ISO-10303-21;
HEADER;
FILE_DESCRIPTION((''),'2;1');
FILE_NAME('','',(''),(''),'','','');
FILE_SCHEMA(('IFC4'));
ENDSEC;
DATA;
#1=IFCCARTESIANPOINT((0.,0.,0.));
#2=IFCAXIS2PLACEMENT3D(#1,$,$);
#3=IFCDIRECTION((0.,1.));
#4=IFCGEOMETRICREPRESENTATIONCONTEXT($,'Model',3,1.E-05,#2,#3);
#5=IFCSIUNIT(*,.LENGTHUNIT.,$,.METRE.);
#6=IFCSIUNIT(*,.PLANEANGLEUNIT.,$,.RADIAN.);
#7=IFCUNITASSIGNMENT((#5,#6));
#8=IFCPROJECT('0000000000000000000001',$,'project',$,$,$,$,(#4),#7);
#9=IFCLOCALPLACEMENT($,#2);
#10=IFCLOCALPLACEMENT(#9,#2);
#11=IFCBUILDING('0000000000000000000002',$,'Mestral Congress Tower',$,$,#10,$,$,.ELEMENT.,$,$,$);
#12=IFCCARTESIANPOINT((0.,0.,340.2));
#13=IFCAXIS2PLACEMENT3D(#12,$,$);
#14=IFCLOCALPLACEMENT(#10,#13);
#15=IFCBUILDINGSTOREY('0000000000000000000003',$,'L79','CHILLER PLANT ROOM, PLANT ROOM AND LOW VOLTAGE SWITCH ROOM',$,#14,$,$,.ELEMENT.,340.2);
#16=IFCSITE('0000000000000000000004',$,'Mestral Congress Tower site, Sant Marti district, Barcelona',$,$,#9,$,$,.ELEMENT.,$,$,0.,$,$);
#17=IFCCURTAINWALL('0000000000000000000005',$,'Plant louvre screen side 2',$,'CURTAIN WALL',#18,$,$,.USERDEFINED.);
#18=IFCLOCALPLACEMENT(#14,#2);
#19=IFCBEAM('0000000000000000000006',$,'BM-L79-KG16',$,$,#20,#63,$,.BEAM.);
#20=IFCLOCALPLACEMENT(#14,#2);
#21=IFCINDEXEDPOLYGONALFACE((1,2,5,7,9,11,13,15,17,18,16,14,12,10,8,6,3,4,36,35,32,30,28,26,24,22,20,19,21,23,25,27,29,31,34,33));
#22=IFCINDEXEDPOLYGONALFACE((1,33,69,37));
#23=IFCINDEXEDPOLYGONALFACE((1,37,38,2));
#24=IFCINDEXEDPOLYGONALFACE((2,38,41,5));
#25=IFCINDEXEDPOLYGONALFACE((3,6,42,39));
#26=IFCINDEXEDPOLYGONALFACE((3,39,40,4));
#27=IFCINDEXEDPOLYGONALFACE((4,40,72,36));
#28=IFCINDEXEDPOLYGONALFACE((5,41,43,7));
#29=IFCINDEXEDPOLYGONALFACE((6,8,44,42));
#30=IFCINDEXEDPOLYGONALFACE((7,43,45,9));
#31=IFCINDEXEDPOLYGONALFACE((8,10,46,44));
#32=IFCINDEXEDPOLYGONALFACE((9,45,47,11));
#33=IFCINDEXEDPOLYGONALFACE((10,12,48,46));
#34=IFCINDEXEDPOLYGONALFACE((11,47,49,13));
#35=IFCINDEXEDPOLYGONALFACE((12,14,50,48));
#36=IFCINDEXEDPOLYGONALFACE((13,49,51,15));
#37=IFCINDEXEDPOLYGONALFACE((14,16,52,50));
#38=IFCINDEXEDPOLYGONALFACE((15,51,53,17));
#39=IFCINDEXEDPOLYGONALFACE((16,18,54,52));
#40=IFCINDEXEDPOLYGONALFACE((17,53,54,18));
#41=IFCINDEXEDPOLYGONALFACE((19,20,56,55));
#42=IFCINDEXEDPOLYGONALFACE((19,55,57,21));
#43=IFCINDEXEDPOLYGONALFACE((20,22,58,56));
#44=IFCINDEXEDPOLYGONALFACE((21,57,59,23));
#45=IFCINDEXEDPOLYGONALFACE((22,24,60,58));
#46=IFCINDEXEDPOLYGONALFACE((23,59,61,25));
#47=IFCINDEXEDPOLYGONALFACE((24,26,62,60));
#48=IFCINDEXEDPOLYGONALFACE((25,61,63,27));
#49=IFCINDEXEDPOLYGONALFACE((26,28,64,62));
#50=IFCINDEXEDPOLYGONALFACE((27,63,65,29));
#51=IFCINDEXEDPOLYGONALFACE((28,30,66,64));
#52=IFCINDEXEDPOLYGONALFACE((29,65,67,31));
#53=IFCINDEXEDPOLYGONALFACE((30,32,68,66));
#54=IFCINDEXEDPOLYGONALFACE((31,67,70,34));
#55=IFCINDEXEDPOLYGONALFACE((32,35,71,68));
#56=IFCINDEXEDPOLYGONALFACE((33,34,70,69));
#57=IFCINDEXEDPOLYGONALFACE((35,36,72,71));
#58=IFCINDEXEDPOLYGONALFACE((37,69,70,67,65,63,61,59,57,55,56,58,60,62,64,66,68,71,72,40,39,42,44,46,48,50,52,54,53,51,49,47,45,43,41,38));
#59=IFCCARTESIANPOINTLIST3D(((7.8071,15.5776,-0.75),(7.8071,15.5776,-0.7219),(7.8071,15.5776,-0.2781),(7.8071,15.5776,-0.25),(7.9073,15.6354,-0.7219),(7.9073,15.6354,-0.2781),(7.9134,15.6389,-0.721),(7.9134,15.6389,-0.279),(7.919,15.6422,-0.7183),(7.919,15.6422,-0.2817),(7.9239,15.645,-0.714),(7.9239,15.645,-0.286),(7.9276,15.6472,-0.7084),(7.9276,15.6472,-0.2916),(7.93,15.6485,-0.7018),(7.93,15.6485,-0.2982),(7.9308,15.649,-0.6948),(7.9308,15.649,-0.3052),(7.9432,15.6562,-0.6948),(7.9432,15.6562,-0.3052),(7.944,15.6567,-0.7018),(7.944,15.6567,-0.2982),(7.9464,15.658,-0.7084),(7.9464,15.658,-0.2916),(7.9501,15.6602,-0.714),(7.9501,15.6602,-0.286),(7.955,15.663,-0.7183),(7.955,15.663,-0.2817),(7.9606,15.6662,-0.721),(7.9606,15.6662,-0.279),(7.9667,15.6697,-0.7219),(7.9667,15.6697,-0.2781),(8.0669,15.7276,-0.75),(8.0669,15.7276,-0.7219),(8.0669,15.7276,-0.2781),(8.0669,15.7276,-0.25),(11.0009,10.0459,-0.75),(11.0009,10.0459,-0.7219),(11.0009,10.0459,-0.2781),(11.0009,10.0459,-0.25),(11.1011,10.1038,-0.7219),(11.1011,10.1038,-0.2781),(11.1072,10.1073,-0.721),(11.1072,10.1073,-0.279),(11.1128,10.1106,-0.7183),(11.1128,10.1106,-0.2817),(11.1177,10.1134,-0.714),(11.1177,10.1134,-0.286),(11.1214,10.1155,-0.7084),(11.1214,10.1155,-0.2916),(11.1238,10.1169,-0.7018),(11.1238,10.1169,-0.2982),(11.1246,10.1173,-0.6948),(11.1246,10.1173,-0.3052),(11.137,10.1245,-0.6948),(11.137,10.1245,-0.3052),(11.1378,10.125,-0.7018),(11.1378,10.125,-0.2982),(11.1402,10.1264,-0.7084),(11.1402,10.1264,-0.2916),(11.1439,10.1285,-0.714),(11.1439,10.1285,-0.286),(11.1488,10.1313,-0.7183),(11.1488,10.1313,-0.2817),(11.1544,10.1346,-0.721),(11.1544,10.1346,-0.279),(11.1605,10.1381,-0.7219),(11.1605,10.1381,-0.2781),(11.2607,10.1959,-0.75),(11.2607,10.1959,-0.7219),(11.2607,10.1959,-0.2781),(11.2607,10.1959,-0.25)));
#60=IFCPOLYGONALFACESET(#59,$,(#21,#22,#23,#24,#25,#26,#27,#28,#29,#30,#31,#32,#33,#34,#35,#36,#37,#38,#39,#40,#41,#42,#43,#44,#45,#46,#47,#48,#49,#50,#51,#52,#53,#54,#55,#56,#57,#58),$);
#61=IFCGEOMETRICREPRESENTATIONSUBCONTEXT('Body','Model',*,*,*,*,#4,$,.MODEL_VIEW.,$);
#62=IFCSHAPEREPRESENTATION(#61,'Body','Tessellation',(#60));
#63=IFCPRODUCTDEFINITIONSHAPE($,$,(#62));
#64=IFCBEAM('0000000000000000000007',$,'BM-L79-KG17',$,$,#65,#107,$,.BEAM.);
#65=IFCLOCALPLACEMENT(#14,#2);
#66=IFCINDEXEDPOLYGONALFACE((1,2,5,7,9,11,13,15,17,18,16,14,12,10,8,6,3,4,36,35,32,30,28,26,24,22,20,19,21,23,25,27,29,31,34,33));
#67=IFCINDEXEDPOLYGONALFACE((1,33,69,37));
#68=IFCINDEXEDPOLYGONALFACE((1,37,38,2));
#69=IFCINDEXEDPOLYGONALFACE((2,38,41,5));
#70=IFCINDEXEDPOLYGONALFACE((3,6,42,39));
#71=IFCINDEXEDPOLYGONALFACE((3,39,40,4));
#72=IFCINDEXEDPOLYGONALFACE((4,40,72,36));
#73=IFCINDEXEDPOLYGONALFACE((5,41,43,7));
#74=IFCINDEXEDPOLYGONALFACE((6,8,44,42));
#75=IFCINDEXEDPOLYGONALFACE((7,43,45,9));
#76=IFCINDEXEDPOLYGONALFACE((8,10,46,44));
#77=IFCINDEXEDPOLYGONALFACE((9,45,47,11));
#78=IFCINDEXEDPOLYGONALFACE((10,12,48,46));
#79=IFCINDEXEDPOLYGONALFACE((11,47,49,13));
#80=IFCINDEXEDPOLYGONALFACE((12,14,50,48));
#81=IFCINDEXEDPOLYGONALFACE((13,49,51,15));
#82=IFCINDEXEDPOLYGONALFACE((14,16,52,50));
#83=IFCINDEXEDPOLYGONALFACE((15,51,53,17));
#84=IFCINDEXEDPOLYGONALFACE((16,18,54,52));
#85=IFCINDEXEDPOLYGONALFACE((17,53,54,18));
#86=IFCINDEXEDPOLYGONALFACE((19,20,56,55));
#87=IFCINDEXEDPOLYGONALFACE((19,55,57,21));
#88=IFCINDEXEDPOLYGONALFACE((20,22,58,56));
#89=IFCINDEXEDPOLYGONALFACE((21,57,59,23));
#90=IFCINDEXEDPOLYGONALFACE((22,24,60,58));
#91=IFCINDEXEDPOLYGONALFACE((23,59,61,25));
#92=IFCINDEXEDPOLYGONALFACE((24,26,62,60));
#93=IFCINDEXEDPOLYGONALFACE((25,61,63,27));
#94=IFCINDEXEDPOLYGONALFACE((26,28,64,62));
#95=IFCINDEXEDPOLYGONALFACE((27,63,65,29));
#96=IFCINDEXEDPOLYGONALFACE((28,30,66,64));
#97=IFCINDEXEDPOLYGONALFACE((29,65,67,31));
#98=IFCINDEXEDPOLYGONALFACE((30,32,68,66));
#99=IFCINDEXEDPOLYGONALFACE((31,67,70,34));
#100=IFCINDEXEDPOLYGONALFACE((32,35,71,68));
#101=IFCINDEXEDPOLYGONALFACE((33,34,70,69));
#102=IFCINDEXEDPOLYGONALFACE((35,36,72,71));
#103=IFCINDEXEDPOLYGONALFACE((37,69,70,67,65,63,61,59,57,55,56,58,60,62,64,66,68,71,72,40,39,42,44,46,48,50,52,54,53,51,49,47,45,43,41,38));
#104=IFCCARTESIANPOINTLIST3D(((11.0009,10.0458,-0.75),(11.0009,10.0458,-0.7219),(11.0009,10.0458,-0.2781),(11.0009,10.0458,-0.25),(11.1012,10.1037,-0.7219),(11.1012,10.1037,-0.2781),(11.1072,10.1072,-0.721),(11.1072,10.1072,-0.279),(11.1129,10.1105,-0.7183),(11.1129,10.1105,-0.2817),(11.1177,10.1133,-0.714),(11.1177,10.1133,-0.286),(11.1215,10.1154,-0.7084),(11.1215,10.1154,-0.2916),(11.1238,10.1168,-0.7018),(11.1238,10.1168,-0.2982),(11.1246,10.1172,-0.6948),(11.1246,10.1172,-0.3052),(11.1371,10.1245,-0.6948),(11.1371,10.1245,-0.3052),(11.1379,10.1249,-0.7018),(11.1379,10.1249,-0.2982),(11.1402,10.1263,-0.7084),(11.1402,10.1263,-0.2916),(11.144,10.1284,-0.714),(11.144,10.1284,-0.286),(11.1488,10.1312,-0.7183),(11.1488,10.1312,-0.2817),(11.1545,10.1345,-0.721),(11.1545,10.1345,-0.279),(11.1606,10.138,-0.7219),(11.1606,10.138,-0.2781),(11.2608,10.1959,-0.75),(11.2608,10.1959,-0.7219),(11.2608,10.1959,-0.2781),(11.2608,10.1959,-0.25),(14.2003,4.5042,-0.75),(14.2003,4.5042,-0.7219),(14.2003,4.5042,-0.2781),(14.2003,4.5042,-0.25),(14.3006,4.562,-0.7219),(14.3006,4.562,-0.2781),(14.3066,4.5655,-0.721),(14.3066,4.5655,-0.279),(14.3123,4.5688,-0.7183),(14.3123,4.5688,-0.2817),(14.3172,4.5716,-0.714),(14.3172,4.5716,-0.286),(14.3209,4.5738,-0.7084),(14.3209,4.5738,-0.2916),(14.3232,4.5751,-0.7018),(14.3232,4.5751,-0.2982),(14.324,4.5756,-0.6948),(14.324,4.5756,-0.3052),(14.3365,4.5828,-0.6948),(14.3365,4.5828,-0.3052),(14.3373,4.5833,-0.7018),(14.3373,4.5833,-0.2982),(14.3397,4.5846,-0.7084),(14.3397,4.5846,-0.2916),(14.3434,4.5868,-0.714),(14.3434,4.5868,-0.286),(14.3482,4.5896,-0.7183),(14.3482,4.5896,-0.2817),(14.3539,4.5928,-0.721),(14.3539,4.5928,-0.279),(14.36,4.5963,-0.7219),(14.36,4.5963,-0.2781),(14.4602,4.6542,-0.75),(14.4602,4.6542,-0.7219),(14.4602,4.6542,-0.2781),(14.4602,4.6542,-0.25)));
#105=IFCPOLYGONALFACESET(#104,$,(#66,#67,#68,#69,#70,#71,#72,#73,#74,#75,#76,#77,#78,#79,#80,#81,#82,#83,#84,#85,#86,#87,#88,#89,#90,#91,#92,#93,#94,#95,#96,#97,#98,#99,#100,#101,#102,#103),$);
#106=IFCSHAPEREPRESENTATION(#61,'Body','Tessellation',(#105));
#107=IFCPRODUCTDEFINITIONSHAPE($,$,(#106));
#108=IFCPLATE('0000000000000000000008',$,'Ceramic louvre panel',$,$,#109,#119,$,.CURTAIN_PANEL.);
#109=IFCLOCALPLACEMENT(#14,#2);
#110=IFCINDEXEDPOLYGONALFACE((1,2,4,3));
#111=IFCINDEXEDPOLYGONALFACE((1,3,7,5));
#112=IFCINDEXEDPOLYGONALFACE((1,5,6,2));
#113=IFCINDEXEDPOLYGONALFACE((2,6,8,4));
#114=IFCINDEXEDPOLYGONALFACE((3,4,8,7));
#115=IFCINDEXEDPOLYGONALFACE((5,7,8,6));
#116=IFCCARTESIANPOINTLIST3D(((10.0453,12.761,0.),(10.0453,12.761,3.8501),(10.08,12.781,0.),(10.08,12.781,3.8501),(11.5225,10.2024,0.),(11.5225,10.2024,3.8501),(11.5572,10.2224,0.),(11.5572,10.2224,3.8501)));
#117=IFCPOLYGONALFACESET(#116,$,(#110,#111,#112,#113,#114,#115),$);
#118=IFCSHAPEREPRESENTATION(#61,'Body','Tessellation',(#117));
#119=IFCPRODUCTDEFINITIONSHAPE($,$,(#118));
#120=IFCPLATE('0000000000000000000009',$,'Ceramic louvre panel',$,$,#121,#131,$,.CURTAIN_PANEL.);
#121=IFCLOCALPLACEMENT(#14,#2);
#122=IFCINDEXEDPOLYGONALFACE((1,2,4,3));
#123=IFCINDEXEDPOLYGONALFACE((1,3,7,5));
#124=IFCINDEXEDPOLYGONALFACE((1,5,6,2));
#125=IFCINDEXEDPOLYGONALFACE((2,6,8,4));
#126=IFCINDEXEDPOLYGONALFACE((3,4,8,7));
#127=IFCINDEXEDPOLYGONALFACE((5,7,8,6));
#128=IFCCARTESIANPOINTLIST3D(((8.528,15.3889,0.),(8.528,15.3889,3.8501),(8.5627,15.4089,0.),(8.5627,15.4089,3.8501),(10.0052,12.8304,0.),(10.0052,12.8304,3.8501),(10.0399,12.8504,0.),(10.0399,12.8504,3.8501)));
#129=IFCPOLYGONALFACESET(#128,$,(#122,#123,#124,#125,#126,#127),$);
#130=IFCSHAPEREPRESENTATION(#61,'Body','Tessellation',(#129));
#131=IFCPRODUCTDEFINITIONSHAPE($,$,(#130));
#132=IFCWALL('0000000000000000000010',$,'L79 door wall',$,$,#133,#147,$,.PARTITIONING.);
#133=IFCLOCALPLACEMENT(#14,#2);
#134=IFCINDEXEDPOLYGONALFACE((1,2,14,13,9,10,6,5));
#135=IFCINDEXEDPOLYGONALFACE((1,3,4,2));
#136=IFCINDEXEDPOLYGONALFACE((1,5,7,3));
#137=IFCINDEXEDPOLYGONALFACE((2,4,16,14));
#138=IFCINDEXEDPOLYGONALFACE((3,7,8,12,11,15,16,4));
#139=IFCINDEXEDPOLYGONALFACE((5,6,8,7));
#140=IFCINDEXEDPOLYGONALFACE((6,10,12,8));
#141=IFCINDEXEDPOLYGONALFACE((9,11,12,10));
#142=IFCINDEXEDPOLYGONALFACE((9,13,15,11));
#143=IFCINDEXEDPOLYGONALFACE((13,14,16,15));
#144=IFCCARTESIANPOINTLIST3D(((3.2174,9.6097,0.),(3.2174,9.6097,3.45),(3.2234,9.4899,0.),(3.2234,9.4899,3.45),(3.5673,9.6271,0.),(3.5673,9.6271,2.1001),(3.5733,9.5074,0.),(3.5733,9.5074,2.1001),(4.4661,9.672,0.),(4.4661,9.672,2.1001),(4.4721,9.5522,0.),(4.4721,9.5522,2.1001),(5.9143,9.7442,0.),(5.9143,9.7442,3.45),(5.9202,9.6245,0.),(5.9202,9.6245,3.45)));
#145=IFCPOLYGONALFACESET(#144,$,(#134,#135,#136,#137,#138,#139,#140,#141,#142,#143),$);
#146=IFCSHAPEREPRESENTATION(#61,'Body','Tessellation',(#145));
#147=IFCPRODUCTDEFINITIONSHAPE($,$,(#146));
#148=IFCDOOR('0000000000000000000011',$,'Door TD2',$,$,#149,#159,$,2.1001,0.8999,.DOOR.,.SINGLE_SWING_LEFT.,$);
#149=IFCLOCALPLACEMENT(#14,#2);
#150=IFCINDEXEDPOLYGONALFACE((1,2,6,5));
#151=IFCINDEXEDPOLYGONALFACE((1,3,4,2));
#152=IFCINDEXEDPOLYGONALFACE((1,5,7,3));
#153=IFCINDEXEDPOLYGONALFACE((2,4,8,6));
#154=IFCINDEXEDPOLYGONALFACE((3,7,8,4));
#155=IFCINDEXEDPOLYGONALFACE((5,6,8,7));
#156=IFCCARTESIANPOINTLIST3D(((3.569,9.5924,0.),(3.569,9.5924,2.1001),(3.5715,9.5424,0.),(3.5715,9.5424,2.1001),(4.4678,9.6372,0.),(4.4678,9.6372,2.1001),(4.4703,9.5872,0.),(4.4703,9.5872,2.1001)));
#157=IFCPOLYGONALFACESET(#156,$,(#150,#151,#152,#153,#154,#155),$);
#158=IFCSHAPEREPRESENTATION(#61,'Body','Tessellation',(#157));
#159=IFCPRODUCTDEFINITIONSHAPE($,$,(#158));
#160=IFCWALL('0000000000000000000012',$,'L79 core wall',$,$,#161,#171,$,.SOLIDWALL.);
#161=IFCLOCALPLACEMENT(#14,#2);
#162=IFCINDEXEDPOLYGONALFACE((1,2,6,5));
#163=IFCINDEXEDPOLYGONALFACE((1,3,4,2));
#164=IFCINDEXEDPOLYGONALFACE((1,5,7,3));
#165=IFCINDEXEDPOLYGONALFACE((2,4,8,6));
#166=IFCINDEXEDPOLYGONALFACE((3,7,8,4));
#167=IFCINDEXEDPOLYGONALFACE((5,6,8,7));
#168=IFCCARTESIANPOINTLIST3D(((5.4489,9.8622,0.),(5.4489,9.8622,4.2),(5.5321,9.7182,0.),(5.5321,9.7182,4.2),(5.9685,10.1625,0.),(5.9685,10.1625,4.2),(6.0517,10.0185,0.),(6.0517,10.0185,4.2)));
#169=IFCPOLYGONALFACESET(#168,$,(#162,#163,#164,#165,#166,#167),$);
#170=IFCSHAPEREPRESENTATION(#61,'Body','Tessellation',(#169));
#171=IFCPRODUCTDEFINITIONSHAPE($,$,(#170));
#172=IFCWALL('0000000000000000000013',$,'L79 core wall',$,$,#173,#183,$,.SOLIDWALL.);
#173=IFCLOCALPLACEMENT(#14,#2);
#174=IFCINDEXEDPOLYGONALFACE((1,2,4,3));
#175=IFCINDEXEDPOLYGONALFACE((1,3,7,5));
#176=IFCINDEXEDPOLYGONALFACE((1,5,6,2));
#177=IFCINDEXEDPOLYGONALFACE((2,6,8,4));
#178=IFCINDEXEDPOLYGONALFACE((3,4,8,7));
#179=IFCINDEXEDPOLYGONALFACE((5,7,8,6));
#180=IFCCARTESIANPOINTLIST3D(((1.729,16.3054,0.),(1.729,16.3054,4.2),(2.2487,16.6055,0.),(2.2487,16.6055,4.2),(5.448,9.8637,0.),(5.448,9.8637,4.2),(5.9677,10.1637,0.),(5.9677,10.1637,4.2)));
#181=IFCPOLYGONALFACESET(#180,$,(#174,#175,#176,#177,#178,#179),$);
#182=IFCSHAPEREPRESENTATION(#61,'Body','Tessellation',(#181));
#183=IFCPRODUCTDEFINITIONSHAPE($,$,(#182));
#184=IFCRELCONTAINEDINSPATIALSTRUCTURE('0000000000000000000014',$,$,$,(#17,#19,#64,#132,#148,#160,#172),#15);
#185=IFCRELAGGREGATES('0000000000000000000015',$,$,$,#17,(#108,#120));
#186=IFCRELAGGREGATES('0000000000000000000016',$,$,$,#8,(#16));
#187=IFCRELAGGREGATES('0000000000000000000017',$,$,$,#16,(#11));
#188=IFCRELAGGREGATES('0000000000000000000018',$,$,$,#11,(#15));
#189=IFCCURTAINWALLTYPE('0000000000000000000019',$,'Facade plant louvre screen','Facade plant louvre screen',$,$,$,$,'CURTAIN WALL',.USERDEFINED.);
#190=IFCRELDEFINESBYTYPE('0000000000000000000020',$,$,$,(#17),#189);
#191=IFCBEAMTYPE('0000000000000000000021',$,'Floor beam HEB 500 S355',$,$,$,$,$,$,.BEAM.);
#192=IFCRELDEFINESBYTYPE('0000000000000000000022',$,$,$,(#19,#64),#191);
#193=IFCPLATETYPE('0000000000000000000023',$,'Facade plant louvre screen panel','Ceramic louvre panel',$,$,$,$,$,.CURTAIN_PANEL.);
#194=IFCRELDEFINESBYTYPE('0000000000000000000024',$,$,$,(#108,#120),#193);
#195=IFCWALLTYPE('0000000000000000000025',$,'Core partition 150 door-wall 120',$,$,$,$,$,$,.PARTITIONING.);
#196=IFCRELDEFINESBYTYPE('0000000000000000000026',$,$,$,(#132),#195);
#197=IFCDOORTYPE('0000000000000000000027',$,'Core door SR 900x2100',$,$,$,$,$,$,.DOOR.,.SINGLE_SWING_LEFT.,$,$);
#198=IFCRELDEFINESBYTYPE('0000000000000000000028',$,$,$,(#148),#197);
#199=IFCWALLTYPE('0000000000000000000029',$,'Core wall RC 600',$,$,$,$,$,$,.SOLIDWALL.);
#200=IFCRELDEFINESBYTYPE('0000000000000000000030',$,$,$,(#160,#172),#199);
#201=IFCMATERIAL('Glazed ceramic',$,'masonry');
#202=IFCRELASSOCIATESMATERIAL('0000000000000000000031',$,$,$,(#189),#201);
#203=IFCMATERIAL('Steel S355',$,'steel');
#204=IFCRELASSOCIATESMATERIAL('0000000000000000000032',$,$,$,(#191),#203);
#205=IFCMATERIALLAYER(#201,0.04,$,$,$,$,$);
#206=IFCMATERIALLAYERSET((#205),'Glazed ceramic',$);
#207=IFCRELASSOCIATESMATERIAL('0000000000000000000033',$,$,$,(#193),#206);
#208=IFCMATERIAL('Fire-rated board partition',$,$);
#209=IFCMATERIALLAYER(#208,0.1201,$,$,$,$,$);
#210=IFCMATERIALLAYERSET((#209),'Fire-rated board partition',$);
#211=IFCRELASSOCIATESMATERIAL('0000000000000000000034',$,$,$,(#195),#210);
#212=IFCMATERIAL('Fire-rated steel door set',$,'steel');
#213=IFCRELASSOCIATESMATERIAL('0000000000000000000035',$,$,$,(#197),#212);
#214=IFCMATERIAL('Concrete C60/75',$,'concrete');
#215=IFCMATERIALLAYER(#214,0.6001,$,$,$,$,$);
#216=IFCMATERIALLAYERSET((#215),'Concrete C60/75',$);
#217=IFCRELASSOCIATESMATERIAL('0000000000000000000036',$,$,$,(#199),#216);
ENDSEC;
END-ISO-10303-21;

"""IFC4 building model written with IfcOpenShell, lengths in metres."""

from ifc_helpers import new_model, si_unit, direction, frame, frame_2d, origin, origin_2d, place, context, subcontext, project, spatial, rectangle, i_section, extrude, material, layer, layer_set, material_profile, profile_set, type_object, element, fill, aggregate, save


model = new_model("IFC4")

# Units and contexts
model_context = context("Model", 3, precision=1e-05, world=origin(), true_north=direction((0.0, 1.0)))
body_context = subcontext(model_context, "Body", "Model", "MODEL_VIEW")
ifc_project = project(units=[si_unit("LENGTHUNIT", "METRE"), si_unit("PLANEANGLEUNIT", "RADIAN")], contexts=[model_context])

# Site, building, storey
site_placement = place(None, origin())
site = spatial("IfcSite", under=ifc_project, at=site_placement, Name="Mestral Congress Tower site, Sant Marti district, Barcelona", CompositionType="ELEMENT", RefElevation=0.0)
building_placement = place(site_placement, origin())
building = spatial("IfcBuilding", under=site, at=building_placement, Name="Mestral Congress Tower", CompositionType="ELEMENT")
storey_placement = place(building_placement, frame((0.0, 0.0, 340.2)))
storey = spatial("IfcBuildingStorey", under=building, at=storey_placement, Name="L79", Description="CHILLER PLANT ROOM, PLANT ROOM AND LOW VOLTAGE SWITCH ROOM", CompositionType="ELEMENT", Elevation=340.2)

# Shared definitions
ifc_material_1 = material(Name="Steel S355", Category="steel")

# Curtain wall
ifc_material_2 = material(Name="Glazed ceramic", Category="masonry")
curtain_wall_type = type_object("IfcCurtainWallType", Name="Facade plant louvre screen", Description="Facade plant louvre screen", ElementType="CURTAIN WALL", PredefinedType="USERDEFINED", material=ifc_material_2)
placement = place(storey_placement, origin())
curtain_wall = element("IfcCurtainWall", 1, at=placement, inside=storey, type_object=curtain_wall_type, Name="Plant louvre screen side 2", ObjectType="CURTAIN WALL", PredefinedType="USERDEFINED")

# Beams
ifc_material_profile_1 = material_profile(ifc_material_1, i_section(OverallWidth=0.3, OverallDepth=0.5, WebThickness=0.0144, FlangeThickness=0.0281, FilletRadius=0.0271, at=origin_2d()), Name="HEB 500")
ifc_profile_set_1 = profile_set([ifc_material_profile_1], Name="Steel S355")
beam_type_1 = type_object("IfcBeamType", Name="Floor beam HEB 500 S355", PredefinedType="BEAM", material=ifc_profile_set_1)
beam_1_placement = place(storey_placement, frame((7.937, 15.6526, -0.5), z_axis=(0.500011, -0.866019, 0.0), x_axis=(0.866019, 0.500011, 0.0)))
element("IfcBeam", 2, at=beam_1_placement, inside=storey, type_object=beam_type_1, Name="BM-L79-KG16", PredefinedType="BEAM", context=body_context, shape_type="SweptSolid", body=[
    extrude(i_section(OverallWidth=0.3, OverallDepth=0.5, WebThickness=0.0144, FlangeThickness=0.0281, FilletRadius=0.0271, at=origin_2d()), origin(), (0.0, 0.0, 1.0), 6.3875),
])
beam_2_placement = place(storey_placement, frame((11.1309, 10.1208, -0.5), z_axis=(0.499992, -0.86603, 0.0), x_axis=(0.86603, 0.499992, 0.0)))
element("IfcBeam", 3, at=beam_2_placement, inside=storey, type_object=beam_type_1, Name="BM-L79-KG17", PredefinedType="BEAM", context=body_context, shape_type="SweptSolid", body=[
    extrude(i_section(OverallWidth=0.3, OverallDepth=0.5, WebThickness=0.0144, FlangeThickness=0.0281, FilletRadius=0.0271, at=origin_2d()), origin(), (0.0, 0.0, 1.0), 6.3989),
])

# Plates
ifc_layer_1 = layer(ifc_material_2, 0.04)
ifc_layer_set_1 = layer_set([ifc_layer_1], Name="Glazed ceramic")
plate_type = type_object("IfcPlateType", Name="Facade plant louvre screen panel", Description="Ceramic louvre panel", PredefinedType="CURTAIN_PANEL", material=ifc_layer_set_1)
plate_1_placement = place(storey_placement, frame((10.8013, 11.4917, 0.0), z_axis=(0.0, 0.0, 1.0), x_axis=(-0.500002, 0.866025, 0.0)))
plate_1 = element("IfcPlate", 4, at=plate_1_placement, type_object=plate_type, Name="Ceramic louvre panel", PredefinedType="CURTAIN_PANEL", context=body_context, shape_type="SweptSolid", body=[
    extrude(rectangle(XDim=2.9543, YDim=0.04, at=origin_2d()), origin(), (0.0, 0.0, 1.0), 3.8501),
])
plate_2_placement = place(storey_placement, frame((9.2839, 14.1196, 0.0), z_axis=(0.0, 0.0, 1.0), x_axis=(-0.500002, 0.866025, 0.0)))
plate_2 = element("IfcPlate", 5, at=plate_2_placement, type_object=plate_type, Name="Ceramic louvre panel", PredefinedType="CURTAIN_PANEL", context=body_context, shape_type="SweptSolid", body=[
    extrude(rectangle(XDim=2.9543, YDim=0.04, at=origin_2d()), origin(), (0.0, 0.0, 1.0), 3.8501),
])
aggregate(curtain_wall, [plate_1, plate_2])

# Wall, opening, door
ifc_material_3 = material(Name="Fire-rated board partition")
ifc_layer_2 = layer(ifc_material_3, 0.1201)
ifc_layer_set_2 = layer_set([ifc_layer_2], Name="Fire-rated board partition")
wall_type_1 = type_object("IfcWallType", Name="Core partition 150 door-wall 120", PredefinedType="PARTITIONING", material=ifc_layer_set_2)
wall_1_placement = place(storey_placement, frame((5.9172, 9.6843, 0.0), z_axis=(0.0, 0.0, 1.0), x_axis=(-0.998758, -0.04982, 0.0)))
wall_1 = element("IfcWall", 6, at=wall_1_placement, inside=storey, type_object=wall_type_1, Name="L79 door wall", PredefinedType="PARTITIONING", context=body_context, shape_type="SweptSolid", body=[
    extrude(rectangle(XDim=2.7002, YDim=0.1199, at=frame_2d((1.3501, 0.0))), origin(), (0.0, 0.0, 1.0), 3.45),
])
opening_placement = place(wall_1_placement, frame((1.45, 0.0, 0.0)))
opening = element("IfcOpeningElement", 7, at=opening_placement, cuts=wall_1, PredefinedType="OPENING", context=body_context, shape_type="SweptSolid", body=[
    extrude(rectangle(XDim=0.8999, YDim=2.1001, at=frame_2d((0.45, 1.05))), frame((0.0, 0.0698, 0.0), z_axis=(0.0, -1.0, 0.0), x_axis=(1.0, 0.0, 0.0)), (0.0, 0.0, 1.0), 0.1399),
])
ifc_material_4 = material(Name="Fire-rated steel door set", Category="steel")
door_type = type_object("IfcDoorType", Name="Core door SR 900x2100", OperationType="SINGLE_SWING_LEFT", PredefinedType="DOOR", material=ifc_material_4)
door_placement = place(opening_placement, origin())
door = element("IfcDoor", 8, at=door_placement, inside=storey, type_object=door_type, Name="Door TD2", OperationType="SINGLE_SWING_LEFT", OverallHeight=2.1001, OverallWidth=0.8999, PredefinedType="DOOR", context=body_context, shape_type="SweptSolid", body=[
    extrude(rectangle(XDim=0.8999, YDim=2.1001, at=frame_2d((0.45, 1.05))), frame((0.0, 0.0249, 0.0), z_axis=(0.0, -1.0, 0.0), x_axis=(1.0, 0.0, 0.0)), (0.0, 0.0, 1.0), 0.05),
])
fill(opening, door)

# Walls
ifc_material_5 = material(Name="Concrete C60/75", Category="concrete")
ifc_layer_3 = layer(ifc_material_5, 0.6001)
ifc_layer_set_3 = layer_set([ifc_layer_3], Name="Concrete C60/75")
wall_type_2 = type_object("IfcWallType", Name="Core wall RC 600", PredefinedType="SOLIDWALL", material=ifc_layer_set_3)
wall_2_placement = place(storey_placement, frame((5.7087, 10.0122, 0.0), z_axis=(0.0, 0.0, 1.0), x_axis=(0.5004, -0.865794, 0.0)))
element("IfcWall", 9, at=wall_2_placement, inside=storey, type_object=wall_type_2, Name="L79 core wall", PredefinedType="SOLIDWALL", context=body_context, shape_type="SweptSolid", body=[
    extrude(rectangle(XDim=0.1663, YDim=0.6001, at=frame_2d((0.083, 0.0))), origin(), (0.0, 0.0, 1.0), 4.2),
])
wall_3_placement = place(storey_placement, frame((1.9888, 16.4556, 0.0), z_axis=(0.0, 0.0, 1.0), x_axis=(0.49999, -0.866031, 0.0)))
element("IfcWall", 10, at=wall_3_placement, inside=storey, type_object=wall_type_2, Name="L79 core wall", PredefinedType="SOLIDWALL", context=body_context, shape_type="SweptSolid", body=[
    extrude(rectangle(XDim=7.4382, YDim=0.6001, at=frame_2d((3.7192, 0.0))), origin(), (0.0, 0.0, 1.0), 4.2),
])

save(model, "model.ifc")
